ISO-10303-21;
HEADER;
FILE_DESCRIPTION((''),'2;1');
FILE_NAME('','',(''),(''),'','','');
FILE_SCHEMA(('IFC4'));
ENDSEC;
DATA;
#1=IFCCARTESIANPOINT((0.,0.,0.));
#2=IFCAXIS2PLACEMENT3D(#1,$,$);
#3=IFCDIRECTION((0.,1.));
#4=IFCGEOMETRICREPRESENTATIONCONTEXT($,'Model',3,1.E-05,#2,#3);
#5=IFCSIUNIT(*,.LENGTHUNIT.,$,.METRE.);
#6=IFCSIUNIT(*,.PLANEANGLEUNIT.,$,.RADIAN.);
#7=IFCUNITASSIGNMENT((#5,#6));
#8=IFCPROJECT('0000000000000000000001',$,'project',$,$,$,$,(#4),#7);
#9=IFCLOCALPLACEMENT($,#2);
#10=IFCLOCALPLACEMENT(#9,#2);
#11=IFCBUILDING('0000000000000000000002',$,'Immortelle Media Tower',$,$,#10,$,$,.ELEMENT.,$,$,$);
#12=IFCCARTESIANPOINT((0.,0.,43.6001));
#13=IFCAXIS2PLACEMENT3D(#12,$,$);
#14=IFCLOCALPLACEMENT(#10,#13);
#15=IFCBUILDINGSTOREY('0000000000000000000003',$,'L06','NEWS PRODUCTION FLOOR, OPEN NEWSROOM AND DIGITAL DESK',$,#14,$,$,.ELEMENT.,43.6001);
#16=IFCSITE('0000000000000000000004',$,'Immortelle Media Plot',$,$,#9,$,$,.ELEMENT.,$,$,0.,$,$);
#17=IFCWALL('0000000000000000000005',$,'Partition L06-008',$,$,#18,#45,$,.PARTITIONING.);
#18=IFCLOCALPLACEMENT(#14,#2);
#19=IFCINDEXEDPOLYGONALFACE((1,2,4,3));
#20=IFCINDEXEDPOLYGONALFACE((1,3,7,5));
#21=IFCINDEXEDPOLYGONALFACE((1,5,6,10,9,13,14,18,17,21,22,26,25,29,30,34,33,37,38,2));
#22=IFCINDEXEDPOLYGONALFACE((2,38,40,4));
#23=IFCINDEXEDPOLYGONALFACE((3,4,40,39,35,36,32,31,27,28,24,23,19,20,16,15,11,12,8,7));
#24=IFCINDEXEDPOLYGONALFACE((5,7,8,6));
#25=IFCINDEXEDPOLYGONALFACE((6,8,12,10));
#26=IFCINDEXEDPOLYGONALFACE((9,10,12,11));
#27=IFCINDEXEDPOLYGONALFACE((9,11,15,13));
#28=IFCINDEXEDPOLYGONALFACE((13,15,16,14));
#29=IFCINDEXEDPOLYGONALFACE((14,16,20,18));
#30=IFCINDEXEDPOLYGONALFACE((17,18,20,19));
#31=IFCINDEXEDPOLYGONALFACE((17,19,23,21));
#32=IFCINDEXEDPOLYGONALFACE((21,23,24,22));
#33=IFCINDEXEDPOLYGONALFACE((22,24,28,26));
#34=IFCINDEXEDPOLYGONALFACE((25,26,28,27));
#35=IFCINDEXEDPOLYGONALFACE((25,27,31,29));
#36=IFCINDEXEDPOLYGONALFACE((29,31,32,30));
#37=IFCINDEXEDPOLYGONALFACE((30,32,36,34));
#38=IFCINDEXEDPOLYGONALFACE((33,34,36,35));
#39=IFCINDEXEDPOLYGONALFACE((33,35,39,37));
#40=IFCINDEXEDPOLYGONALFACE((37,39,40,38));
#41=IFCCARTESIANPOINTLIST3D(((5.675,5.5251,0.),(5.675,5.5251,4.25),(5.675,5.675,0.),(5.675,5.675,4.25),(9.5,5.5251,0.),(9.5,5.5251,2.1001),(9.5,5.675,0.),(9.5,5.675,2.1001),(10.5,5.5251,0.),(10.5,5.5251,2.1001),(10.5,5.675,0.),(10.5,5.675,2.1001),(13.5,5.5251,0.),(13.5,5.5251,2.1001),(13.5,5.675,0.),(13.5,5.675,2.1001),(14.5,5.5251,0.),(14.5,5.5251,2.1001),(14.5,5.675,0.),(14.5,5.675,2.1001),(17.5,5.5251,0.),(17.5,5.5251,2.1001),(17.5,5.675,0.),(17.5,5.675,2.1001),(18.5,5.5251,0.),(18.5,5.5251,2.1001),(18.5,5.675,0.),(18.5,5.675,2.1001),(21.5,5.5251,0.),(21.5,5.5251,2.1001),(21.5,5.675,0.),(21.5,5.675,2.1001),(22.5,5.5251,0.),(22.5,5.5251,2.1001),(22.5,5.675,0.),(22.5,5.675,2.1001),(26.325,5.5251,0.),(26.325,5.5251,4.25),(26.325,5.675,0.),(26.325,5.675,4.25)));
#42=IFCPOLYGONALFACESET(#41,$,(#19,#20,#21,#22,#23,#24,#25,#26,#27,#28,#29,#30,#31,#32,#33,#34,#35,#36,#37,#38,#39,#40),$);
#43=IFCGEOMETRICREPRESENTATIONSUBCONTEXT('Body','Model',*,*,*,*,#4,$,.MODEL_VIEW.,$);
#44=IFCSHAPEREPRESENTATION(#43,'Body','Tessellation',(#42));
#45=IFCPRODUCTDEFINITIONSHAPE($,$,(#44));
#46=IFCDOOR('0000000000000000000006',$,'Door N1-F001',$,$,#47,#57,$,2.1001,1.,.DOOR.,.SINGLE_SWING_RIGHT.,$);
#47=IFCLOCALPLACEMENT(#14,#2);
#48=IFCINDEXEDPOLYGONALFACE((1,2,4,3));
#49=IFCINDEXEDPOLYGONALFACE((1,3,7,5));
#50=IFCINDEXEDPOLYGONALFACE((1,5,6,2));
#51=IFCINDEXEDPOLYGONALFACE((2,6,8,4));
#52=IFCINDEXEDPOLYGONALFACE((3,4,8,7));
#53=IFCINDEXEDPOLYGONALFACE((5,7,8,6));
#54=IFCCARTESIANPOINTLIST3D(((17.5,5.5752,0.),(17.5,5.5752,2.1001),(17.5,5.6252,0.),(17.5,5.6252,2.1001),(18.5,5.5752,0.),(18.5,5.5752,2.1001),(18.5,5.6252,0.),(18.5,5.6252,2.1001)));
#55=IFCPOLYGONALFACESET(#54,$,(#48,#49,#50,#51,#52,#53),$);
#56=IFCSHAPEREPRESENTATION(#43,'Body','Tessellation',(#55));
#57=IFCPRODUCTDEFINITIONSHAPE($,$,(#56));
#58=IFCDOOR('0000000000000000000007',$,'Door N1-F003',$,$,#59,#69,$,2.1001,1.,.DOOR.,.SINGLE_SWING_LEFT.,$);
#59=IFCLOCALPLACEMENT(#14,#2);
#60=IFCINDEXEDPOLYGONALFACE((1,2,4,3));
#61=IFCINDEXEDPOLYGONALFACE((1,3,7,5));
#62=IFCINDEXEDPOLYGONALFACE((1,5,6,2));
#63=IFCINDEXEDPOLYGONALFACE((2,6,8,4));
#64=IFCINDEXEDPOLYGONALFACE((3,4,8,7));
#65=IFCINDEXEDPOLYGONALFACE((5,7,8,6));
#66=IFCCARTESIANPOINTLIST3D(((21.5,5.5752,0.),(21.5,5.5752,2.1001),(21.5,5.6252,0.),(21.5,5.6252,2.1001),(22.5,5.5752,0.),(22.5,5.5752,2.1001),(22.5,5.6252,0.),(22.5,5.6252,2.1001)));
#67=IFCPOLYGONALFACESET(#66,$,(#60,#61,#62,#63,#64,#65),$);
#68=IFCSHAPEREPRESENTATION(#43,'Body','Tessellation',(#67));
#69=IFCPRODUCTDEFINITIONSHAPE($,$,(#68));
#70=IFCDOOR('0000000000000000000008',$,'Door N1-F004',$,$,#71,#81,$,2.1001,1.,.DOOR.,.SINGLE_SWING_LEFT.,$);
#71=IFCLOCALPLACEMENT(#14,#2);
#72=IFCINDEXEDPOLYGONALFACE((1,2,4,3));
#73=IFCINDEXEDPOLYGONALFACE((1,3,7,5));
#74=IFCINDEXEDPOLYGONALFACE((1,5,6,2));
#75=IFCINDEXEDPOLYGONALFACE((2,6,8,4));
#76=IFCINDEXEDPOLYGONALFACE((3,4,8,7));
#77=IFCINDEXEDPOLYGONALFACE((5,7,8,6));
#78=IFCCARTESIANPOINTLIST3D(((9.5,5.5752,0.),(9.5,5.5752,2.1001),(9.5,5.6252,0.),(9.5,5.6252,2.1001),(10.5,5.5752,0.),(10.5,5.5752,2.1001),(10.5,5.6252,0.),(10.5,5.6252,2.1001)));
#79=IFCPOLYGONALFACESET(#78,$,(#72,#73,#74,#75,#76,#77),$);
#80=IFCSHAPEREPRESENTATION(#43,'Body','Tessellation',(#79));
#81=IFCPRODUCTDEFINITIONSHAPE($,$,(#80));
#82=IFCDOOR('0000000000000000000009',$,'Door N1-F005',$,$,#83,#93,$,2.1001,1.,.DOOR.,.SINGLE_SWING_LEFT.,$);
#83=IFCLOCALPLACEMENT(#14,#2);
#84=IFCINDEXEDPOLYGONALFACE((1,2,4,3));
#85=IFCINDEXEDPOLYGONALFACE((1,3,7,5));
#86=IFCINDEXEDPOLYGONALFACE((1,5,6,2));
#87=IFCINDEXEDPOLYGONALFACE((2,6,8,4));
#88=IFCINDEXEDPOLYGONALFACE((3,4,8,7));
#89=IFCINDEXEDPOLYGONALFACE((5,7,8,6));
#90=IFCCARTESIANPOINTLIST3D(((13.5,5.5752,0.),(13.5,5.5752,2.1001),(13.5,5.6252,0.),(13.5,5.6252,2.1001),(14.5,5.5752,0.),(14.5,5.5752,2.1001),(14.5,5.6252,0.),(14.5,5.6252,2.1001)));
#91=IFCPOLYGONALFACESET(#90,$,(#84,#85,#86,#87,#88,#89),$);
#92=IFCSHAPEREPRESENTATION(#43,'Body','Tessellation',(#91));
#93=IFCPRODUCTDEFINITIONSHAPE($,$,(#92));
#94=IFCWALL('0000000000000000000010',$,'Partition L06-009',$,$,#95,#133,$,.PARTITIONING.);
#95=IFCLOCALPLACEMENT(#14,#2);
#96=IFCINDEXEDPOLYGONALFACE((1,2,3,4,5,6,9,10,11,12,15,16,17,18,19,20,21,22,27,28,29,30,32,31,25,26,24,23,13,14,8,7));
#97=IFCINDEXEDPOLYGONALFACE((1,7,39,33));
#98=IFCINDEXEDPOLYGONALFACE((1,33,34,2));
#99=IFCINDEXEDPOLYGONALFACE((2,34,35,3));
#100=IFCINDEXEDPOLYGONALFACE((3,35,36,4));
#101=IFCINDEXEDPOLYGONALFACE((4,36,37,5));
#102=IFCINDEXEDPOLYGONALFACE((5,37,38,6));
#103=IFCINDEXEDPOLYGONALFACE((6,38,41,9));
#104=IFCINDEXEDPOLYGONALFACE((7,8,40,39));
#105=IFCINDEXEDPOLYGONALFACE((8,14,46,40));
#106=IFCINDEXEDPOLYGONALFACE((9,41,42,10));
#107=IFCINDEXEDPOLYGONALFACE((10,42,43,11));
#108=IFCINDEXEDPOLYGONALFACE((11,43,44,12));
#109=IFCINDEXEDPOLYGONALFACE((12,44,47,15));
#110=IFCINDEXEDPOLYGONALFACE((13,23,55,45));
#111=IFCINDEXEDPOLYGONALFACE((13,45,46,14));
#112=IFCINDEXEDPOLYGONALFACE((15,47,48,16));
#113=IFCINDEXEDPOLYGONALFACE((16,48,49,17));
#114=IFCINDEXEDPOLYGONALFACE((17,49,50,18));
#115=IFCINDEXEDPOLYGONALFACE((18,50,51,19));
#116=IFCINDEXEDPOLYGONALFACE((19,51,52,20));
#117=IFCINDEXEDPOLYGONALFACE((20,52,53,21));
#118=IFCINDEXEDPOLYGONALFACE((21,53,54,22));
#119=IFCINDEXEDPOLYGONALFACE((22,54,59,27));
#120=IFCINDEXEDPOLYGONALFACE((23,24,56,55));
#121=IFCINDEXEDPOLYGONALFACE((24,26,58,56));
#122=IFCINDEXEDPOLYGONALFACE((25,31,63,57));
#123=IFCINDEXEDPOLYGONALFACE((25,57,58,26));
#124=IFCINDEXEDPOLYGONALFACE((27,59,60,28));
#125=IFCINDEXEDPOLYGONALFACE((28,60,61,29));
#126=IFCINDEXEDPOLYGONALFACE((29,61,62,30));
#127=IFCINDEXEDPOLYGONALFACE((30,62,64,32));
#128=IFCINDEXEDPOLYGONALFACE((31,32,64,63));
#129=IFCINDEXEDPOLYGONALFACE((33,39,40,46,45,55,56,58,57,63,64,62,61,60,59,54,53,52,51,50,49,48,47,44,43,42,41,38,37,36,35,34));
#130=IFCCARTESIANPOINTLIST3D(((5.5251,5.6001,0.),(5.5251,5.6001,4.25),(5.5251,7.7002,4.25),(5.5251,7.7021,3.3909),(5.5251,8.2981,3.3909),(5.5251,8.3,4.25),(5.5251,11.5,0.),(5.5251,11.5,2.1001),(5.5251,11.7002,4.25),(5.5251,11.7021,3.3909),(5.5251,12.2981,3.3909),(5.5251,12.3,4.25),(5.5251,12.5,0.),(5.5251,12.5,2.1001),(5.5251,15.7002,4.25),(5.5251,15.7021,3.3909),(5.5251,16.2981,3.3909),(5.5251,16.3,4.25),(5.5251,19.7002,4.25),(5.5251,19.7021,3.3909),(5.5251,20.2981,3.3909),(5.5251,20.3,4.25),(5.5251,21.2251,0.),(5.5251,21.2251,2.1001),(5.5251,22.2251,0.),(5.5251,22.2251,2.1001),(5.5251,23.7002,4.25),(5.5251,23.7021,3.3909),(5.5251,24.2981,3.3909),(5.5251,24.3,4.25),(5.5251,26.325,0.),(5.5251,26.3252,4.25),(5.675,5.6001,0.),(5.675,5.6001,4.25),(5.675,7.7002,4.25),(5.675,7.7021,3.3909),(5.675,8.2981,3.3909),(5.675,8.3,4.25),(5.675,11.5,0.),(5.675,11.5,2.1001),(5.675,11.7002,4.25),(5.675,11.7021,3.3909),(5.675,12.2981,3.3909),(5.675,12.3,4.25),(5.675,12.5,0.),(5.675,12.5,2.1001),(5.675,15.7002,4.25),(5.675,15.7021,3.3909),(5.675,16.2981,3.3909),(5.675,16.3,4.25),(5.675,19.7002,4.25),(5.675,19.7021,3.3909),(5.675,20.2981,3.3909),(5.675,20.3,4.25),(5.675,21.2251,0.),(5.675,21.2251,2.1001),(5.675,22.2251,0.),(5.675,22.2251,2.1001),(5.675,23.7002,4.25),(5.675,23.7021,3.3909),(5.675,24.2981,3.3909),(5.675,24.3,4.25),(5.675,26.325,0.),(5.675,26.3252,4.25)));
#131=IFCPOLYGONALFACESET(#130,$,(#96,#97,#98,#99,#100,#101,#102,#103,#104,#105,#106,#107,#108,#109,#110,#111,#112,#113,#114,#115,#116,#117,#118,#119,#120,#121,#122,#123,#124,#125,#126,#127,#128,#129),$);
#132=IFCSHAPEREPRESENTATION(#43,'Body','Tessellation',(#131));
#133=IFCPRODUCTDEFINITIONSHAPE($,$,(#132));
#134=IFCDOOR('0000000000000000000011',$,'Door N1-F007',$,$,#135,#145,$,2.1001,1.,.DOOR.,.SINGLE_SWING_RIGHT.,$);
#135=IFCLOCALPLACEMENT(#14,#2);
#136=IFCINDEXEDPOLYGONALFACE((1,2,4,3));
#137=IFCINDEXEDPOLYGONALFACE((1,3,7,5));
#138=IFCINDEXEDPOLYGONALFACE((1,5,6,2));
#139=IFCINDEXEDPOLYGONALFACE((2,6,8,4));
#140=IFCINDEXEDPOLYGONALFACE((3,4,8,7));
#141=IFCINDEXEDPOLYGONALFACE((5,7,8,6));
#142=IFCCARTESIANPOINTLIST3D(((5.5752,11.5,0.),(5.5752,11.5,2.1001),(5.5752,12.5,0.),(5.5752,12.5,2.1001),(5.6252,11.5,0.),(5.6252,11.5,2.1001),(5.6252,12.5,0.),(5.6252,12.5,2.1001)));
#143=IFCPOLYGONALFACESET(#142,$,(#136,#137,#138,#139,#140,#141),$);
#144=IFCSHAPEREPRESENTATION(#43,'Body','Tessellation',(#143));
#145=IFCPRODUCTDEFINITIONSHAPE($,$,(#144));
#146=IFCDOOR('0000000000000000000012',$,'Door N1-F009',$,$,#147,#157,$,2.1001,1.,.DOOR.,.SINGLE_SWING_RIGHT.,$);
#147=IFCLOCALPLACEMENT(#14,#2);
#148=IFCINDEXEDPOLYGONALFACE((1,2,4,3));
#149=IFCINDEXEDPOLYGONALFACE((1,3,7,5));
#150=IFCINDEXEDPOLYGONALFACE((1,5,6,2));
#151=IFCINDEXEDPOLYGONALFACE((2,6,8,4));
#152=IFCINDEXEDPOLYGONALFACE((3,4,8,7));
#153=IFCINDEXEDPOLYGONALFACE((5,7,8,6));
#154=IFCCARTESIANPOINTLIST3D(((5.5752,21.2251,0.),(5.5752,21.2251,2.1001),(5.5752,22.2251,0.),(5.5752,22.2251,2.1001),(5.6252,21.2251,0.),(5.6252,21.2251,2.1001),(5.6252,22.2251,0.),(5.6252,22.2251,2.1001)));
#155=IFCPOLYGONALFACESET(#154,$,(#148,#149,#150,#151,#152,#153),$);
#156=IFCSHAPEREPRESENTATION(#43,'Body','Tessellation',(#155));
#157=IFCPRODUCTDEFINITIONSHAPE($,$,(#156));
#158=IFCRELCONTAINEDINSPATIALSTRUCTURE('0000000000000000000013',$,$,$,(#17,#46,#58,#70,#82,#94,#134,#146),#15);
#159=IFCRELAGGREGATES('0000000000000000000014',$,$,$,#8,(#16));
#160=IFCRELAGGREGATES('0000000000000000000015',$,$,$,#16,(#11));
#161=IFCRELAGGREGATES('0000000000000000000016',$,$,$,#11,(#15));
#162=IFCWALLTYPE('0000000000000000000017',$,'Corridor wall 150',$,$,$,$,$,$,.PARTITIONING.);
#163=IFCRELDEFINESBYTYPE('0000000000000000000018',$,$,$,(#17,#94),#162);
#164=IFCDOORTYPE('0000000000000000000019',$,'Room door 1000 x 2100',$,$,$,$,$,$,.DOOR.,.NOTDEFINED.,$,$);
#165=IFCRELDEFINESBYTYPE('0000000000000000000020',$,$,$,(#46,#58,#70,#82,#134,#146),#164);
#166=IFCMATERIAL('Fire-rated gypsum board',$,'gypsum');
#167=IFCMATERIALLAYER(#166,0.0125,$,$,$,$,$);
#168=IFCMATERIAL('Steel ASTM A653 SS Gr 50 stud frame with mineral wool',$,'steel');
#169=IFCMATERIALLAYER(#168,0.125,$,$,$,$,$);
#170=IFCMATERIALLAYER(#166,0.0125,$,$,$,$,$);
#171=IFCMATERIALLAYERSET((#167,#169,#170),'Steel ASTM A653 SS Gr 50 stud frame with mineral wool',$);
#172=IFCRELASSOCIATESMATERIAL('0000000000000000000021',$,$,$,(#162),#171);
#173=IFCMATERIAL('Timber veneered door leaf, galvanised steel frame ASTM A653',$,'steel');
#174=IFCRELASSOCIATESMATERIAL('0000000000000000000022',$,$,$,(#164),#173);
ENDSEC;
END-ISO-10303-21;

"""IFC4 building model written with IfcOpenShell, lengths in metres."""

from ifc_helpers import new_model, si_unit, direction, frame, frame_2d, origin, place, context, subcontext, project, spatial, polyline, rectangle, outline, extrude, material, layer, layer_set, type_object, element, fill, save


model = new_model("IFC4")

# Units and contexts
model_context = context("Model", 3, precision=1e-05, world=origin(), true_north=direction((0.0, 1.0)))
body_context = subcontext(model_context, "Body", "Model", "MODEL_VIEW")
ifc_project = project(units=[si_unit("LENGTHUNIT", "METRE"), si_unit("PLANEANGLEUNIT", "RADIAN")], contexts=[model_context])

# Site, building, storey
site_placement = place(None, origin())
site = spatial("IfcSite", under=ifc_project, at=site_placement, Name="Immortelle Media Plot", CompositionType="ELEMENT", RefElevation=0.0)
building_placement = place(site_placement, origin())
building = spatial("IfcBuilding", under=site, at=building_placement, Name="Immortelle Media Tower", CompositionType="ELEMENT")
storey_placement = place(building_placement, frame((0.0, 0.0, 43.6001)))
storey = spatial("IfcBuildingStorey", under=building, at=storey_placement, Name="L06", Description="NEWS PRODUCTION FLOOR, OPEN NEWSROOM AND DIGITAL DESK", CompositionType="ELEMENT", Elevation=43.6001)

# Walls, openings, doors
ifc_material_1 = material(Name="Fire-rated gypsum board", Category="gypsum")
ifc_layer_1 = layer(ifc_material_1, 0.0125)
ifc_material_2 = material(Name="Steel ASTM A653 SS Gr 50 stud frame with mineral wool", Category="steel")
ifc_layer_2 = layer(ifc_material_2, 0.125)
ifc_layer_3 = layer(ifc_material_1, 0.0125)
ifc_layer_set_1 = layer_set([ifc_layer_1, ifc_layer_2, ifc_layer_3], Name="Steel ASTM A653 SS Gr 50 stud frame with mineral wool")
wall_type_1 = type_object("IfcWallType", Name="Corridor wall 150", PredefinedType="PARTITIONING", material=ifc_layer_set_1)
wall_1_placement = place(storey_placement, frame((5.675, 5.6001, 0.0), z_axis=(0.0, 0.0, 1.0), x_axis=(1.0, 0.0, 0.0)))
wall_1 = element("IfcWall", 1, at=wall_1_placement, inside=storey, type_object=wall_type_1, Name="Partition L06-008", PredefinedType="PARTITIONING", context=body_context, shape_type="SweptSolid", body=[
    extrude(rectangle(XDim=20.6499, YDim=0.1499, at=frame_2d((10.325, 0.0))), origin(), (0.0, 0.0, 1.0), 4.25),
])
opening_1_placement = place(wall_1_placement, frame((12.825, 0.0, 0.0), z_axis=(0.0, 0.0, 1.0), x_axis=(-1.0, 0.0, 0.0)))
opening_1 = element("IfcOpeningElement", 2, at=opening_1_placement, cuts=wall_1, PredefinedType="OPENING", context=body_context, shape_type="SweptSolid", body=[
    extrude(rectangle(XDim=1.0, YDim=2.1001, at=frame_2d((0.5, 1.05))), frame((0.0, 0.085, 0.0), z_axis=(0.0, -1.0, 0.0), x_axis=(1.0, 0.0, 0.0)), (0.0, 0.0, 1.0), 0.1699),
])
opening_2_placement = place(wall_1_placement, frame((16.825, 0.0, 0.0), z_axis=(0.0, 0.0, 1.0), x_axis=(-1.0, 0.0, 0.0)))
opening_2 = element("IfcOpeningElement", 3, at=opening_2_placement, cuts=wall_1, PredefinedType="OPENING", context=body_context, shape_type="SweptSolid", body=[
    extrude(rectangle(XDim=1.0, YDim=2.1001, at=frame_2d((0.5, 1.05))), frame((0.0, 0.085, 0.0), z_axis=(0.0, -1.0, 0.0), x_axis=(1.0, 0.0, 0.0)), (0.0, 0.0, 1.0), 0.1699),
])
opening_3_placement = place(wall_1_placement, frame((4.825, 0.0, 0.0), z_axis=(0.0, 0.0, 1.0), x_axis=(-1.0, 0.0, 0.0)))
opening_3 = element("IfcOpeningElement", 4, at=opening_3_placement, cuts=wall_1, PredefinedType="OPENING", context=body_context, shape_type="SweptSolid", body=[
    extrude(rectangle(XDim=1.0, YDim=2.1001, at=frame_2d((0.5, 1.05))), frame((0.0, 0.085, 0.0), z_axis=(0.0, -1.0, 0.0), x_axis=(1.0, 0.0, 0.0)), (0.0, 0.0, 1.0), 0.1699),
])
opening_4_placement = place(wall_1_placement, frame((8.825, 0.0, 0.0), z_axis=(0.0, 0.0, 1.0), x_axis=(-1.0, 0.0, 0.0)))
opening_4 = element("IfcOpeningElement", 5, at=opening_4_placement, cuts=wall_1, PredefinedType="OPENING", context=body_context, shape_type="SweptSolid", body=[
    extrude(rectangle(XDim=1.0, YDim=2.1001, at=frame_2d((0.5, 1.05))), frame((0.0, 0.085, 0.0), z_axis=(0.0, -1.0, 0.0), x_axis=(1.0, 0.0, 0.0)), (0.0, 0.0, 1.0), 0.1699),
])
ifc_material_3 = material(Name="Timber veneered door leaf, galvanised steel frame ASTM A653", Category="steel")
door_type_1 = type_object("IfcDoorType", Name="Room door 1000 x 2100", OperationType="NOTDEFINED", PredefinedType="DOOR", material=ifc_material_3)
door_1_placement = place(opening_1_placement, origin())
door_1 = element("IfcDoor", 6, at=door_1_placement, inside=storey, type_object=door_type_1, Name="Door N1-F001", OperationType="SINGLE_SWING_RIGHT", OverallHeight=2.1001, OverallWidth=1.0, PredefinedType="DOOR", context=body_context, shape_type="SweptSolid", body=[
    extrude(rectangle(XDim=1.0, YDim=2.1001, at=frame_2d((0.5, 1.05))), frame((0.0, 0.0249, 0.0), z_axis=(0.0, -1.0, 0.0), x_axis=(1.0, 0.0, 0.0)), (0.0, 0.0, 1.0), 0.05),
])
fill(opening_1, door_1)
door_2_placement = place(opening_2_placement, origin())
door_2 = element("IfcDoor", 7, at=door_2_placement, inside=storey, type_object=door_type_1, Name="Door N1-F003", OperationType="SINGLE_SWING_LEFT", OverallHeight=2.1001, OverallWidth=1.0, PredefinedType="DOOR", context=body_context, shape_type="SweptSolid", body=[
    extrude(rectangle(XDim=1.0, YDim=2.1001, at=frame_2d((0.5, 1.05))), frame((0.0, 0.0249, 0.0), z_axis=(0.0, -1.0, 0.0), x_axis=(1.0, 0.0, 0.0)), (0.0, 0.0, 1.0), 0.05),
])
fill(opening_2, door_2)
door_3_placement = place(opening_3_placement, origin())
door_3 = element("IfcDoor", 8, at=door_3_placement, inside=storey, type_object=door_type_1, Name="Door N1-F004", OperationType="SINGLE_SWING_LEFT", OverallHeight=2.1001, OverallWidth=1.0, PredefinedType="DOOR", context=body_context, shape_type="SweptSolid", body=[
    extrude(rectangle(XDim=1.0, YDim=2.1001, at=frame_2d((0.5, 1.05))), frame((0.0, 0.0249, 0.0), z_axis=(0.0, -1.0, 0.0), x_axis=(1.0, 0.0, 0.0)), (0.0, 0.0, 1.0), 0.05),
])
fill(opening_3, door_3)
door_4_placement = place(opening_4_placement, origin())
door_4 = element("IfcDoor", 9, at=door_4_placement, inside=storey, type_object=door_type_1, Name="Door N1-F005", OperationType="SINGLE_SWING_LEFT", OverallHeight=2.1001, OverallWidth=1.0, PredefinedType="DOOR", context=body_context, shape_type="SweptSolid", body=[
    extrude(rectangle(XDim=1.0, YDim=2.1001, at=frame_2d((0.5, 1.05))), frame((0.0, 0.0249, 0.0), z_axis=(0.0, -1.0, 0.0), x_axis=(1.0, 0.0, 0.0)), (0.0, 0.0, 1.0), 0.05),
])
fill(opening_4, door_4)
wall_2_placement = place(storey_placement, frame((5.6001, 5.6001, 0.0), z_axis=(0.0, 0.0, 1.0), x_axis=(0.0, 1.0, 0.0)))
wall_2 = element("IfcWall", 10, at=wall_2_placement, inside=storey, type_object=wall_type_1, Name="Partition L06-009", PredefinedType="PARTITIONING", context=body_context, shape_type="SweptSolid", body=[
    extrude(outline(polyline([(0.0, 0.0), (20.7249, 0.0), (20.7251, 4.25), (18.7, 4.25), (18.698, 3.3909), (18.1021, 3.3909), (18.1001, 4.25), (14.7, 4.25), (14.698, 3.3909), (14.1021, 3.3909), (14.1001, 4.25), (10.7, 4.25), (10.698, 3.3909), (10.1021, 3.3909), (10.1001, 4.25), (6.7, 4.25), (6.698, 3.3909), (6.1021, 3.3909), (6.1001, 4.25), (2.7, 4.25), (2.698, 3.3909), (2.1021, 3.3909), (2.1001, 4.25), (0.0, 4.25), (0.0, 0.0)])), frame((0.0, 0.075, 0.0), z_axis=(0.0, -1.0, 0.0), x_axis=(1.0, 0.0, 0.0)), (0.0, 0.0, 1.0), 0.1499),
])
opening_5_placement = place(wall_2_placement, frame((5.8999, 0.0, 0.0)))
opening_5 = element("IfcOpeningElement", 11, at=opening_5_placement, cuts=wall_2, PredefinedType="OPENING", context=body_context, shape_type="SweptSolid", body=[
    extrude(rectangle(XDim=1.0, YDim=2.1001, at=frame_2d((0.5, 1.05))), frame((0.0, 0.085, 0.0), z_axis=(0.0, -1.0, 0.0), x_axis=(1.0, 0.0, 0.0)), (0.0, 0.0, 1.0), 0.1699),
])
opening_6_placement = place(wall_2_placement, frame((15.625, 0.0, 0.0)))
opening_6 = element("IfcOpeningElement", 12, at=opening_6_placement, cuts=wall_2, PredefinedType="OPENING", context=body_context, shape_type="SweptSolid", body=[
    extrude(rectangle(XDim=1.0, YDim=2.1001, at=frame_2d((0.5, 1.05))), frame((0.0, 0.085, 0.0), z_axis=(0.0, -1.0, 0.0), x_axis=(1.0, 0.0, 0.0)), (0.0, 0.0, 1.0), 0.1699),
])
door_5_placement = place(opening_5_placement, origin())
door_5 = element("IfcDoor", 13, at=door_5_placement, inside=storey, type_object=door_type_1, Name="Door N1-F007", OperationType="SINGLE_SWING_RIGHT", OverallHeight=2.1001, OverallWidth=1.0, PredefinedType="DOOR", context=body_context, shape_type="SweptSolid", body=[
    extrude(rectangle(XDim=1.0, YDim=2.1001, at=frame_2d((0.5, 1.05))), frame((0.0, 0.0249, 0.0), z_axis=(0.0, -1.0, 0.0), x_axis=(1.0, 0.0, 0.0)), (0.0, 0.0, 1.0), 0.05),
])
fill(opening_5, door_5)
door_6_placement = place(opening_6_placement, origin())
door_6 = element("IfcDoor", 14, at=door_6_placement, inside=storey, type_object=door_type_1, Name="Door N1-F009", OperationType="SINGLE_SWING_RIGHT", OverallHeight=2.1001, OverallWidth=1.0, PredefinedType="DOOR", context=body_context, shape_type="SweptSolid", body=[
    extrude(rectangle(XDim=1.0, YDim=2.1001, at=frame_2d((0.5, 1.05))), frame((0.0, 0.0249, 0.0), z_axis=(0.0, -1.0, 0.0), x_axis=(1.0, 0.0, 0.0)), (0.0, 0.0, 1.0), 0.05),
])
fill(opening_6, door_6)

save(model, "model.ifc")
